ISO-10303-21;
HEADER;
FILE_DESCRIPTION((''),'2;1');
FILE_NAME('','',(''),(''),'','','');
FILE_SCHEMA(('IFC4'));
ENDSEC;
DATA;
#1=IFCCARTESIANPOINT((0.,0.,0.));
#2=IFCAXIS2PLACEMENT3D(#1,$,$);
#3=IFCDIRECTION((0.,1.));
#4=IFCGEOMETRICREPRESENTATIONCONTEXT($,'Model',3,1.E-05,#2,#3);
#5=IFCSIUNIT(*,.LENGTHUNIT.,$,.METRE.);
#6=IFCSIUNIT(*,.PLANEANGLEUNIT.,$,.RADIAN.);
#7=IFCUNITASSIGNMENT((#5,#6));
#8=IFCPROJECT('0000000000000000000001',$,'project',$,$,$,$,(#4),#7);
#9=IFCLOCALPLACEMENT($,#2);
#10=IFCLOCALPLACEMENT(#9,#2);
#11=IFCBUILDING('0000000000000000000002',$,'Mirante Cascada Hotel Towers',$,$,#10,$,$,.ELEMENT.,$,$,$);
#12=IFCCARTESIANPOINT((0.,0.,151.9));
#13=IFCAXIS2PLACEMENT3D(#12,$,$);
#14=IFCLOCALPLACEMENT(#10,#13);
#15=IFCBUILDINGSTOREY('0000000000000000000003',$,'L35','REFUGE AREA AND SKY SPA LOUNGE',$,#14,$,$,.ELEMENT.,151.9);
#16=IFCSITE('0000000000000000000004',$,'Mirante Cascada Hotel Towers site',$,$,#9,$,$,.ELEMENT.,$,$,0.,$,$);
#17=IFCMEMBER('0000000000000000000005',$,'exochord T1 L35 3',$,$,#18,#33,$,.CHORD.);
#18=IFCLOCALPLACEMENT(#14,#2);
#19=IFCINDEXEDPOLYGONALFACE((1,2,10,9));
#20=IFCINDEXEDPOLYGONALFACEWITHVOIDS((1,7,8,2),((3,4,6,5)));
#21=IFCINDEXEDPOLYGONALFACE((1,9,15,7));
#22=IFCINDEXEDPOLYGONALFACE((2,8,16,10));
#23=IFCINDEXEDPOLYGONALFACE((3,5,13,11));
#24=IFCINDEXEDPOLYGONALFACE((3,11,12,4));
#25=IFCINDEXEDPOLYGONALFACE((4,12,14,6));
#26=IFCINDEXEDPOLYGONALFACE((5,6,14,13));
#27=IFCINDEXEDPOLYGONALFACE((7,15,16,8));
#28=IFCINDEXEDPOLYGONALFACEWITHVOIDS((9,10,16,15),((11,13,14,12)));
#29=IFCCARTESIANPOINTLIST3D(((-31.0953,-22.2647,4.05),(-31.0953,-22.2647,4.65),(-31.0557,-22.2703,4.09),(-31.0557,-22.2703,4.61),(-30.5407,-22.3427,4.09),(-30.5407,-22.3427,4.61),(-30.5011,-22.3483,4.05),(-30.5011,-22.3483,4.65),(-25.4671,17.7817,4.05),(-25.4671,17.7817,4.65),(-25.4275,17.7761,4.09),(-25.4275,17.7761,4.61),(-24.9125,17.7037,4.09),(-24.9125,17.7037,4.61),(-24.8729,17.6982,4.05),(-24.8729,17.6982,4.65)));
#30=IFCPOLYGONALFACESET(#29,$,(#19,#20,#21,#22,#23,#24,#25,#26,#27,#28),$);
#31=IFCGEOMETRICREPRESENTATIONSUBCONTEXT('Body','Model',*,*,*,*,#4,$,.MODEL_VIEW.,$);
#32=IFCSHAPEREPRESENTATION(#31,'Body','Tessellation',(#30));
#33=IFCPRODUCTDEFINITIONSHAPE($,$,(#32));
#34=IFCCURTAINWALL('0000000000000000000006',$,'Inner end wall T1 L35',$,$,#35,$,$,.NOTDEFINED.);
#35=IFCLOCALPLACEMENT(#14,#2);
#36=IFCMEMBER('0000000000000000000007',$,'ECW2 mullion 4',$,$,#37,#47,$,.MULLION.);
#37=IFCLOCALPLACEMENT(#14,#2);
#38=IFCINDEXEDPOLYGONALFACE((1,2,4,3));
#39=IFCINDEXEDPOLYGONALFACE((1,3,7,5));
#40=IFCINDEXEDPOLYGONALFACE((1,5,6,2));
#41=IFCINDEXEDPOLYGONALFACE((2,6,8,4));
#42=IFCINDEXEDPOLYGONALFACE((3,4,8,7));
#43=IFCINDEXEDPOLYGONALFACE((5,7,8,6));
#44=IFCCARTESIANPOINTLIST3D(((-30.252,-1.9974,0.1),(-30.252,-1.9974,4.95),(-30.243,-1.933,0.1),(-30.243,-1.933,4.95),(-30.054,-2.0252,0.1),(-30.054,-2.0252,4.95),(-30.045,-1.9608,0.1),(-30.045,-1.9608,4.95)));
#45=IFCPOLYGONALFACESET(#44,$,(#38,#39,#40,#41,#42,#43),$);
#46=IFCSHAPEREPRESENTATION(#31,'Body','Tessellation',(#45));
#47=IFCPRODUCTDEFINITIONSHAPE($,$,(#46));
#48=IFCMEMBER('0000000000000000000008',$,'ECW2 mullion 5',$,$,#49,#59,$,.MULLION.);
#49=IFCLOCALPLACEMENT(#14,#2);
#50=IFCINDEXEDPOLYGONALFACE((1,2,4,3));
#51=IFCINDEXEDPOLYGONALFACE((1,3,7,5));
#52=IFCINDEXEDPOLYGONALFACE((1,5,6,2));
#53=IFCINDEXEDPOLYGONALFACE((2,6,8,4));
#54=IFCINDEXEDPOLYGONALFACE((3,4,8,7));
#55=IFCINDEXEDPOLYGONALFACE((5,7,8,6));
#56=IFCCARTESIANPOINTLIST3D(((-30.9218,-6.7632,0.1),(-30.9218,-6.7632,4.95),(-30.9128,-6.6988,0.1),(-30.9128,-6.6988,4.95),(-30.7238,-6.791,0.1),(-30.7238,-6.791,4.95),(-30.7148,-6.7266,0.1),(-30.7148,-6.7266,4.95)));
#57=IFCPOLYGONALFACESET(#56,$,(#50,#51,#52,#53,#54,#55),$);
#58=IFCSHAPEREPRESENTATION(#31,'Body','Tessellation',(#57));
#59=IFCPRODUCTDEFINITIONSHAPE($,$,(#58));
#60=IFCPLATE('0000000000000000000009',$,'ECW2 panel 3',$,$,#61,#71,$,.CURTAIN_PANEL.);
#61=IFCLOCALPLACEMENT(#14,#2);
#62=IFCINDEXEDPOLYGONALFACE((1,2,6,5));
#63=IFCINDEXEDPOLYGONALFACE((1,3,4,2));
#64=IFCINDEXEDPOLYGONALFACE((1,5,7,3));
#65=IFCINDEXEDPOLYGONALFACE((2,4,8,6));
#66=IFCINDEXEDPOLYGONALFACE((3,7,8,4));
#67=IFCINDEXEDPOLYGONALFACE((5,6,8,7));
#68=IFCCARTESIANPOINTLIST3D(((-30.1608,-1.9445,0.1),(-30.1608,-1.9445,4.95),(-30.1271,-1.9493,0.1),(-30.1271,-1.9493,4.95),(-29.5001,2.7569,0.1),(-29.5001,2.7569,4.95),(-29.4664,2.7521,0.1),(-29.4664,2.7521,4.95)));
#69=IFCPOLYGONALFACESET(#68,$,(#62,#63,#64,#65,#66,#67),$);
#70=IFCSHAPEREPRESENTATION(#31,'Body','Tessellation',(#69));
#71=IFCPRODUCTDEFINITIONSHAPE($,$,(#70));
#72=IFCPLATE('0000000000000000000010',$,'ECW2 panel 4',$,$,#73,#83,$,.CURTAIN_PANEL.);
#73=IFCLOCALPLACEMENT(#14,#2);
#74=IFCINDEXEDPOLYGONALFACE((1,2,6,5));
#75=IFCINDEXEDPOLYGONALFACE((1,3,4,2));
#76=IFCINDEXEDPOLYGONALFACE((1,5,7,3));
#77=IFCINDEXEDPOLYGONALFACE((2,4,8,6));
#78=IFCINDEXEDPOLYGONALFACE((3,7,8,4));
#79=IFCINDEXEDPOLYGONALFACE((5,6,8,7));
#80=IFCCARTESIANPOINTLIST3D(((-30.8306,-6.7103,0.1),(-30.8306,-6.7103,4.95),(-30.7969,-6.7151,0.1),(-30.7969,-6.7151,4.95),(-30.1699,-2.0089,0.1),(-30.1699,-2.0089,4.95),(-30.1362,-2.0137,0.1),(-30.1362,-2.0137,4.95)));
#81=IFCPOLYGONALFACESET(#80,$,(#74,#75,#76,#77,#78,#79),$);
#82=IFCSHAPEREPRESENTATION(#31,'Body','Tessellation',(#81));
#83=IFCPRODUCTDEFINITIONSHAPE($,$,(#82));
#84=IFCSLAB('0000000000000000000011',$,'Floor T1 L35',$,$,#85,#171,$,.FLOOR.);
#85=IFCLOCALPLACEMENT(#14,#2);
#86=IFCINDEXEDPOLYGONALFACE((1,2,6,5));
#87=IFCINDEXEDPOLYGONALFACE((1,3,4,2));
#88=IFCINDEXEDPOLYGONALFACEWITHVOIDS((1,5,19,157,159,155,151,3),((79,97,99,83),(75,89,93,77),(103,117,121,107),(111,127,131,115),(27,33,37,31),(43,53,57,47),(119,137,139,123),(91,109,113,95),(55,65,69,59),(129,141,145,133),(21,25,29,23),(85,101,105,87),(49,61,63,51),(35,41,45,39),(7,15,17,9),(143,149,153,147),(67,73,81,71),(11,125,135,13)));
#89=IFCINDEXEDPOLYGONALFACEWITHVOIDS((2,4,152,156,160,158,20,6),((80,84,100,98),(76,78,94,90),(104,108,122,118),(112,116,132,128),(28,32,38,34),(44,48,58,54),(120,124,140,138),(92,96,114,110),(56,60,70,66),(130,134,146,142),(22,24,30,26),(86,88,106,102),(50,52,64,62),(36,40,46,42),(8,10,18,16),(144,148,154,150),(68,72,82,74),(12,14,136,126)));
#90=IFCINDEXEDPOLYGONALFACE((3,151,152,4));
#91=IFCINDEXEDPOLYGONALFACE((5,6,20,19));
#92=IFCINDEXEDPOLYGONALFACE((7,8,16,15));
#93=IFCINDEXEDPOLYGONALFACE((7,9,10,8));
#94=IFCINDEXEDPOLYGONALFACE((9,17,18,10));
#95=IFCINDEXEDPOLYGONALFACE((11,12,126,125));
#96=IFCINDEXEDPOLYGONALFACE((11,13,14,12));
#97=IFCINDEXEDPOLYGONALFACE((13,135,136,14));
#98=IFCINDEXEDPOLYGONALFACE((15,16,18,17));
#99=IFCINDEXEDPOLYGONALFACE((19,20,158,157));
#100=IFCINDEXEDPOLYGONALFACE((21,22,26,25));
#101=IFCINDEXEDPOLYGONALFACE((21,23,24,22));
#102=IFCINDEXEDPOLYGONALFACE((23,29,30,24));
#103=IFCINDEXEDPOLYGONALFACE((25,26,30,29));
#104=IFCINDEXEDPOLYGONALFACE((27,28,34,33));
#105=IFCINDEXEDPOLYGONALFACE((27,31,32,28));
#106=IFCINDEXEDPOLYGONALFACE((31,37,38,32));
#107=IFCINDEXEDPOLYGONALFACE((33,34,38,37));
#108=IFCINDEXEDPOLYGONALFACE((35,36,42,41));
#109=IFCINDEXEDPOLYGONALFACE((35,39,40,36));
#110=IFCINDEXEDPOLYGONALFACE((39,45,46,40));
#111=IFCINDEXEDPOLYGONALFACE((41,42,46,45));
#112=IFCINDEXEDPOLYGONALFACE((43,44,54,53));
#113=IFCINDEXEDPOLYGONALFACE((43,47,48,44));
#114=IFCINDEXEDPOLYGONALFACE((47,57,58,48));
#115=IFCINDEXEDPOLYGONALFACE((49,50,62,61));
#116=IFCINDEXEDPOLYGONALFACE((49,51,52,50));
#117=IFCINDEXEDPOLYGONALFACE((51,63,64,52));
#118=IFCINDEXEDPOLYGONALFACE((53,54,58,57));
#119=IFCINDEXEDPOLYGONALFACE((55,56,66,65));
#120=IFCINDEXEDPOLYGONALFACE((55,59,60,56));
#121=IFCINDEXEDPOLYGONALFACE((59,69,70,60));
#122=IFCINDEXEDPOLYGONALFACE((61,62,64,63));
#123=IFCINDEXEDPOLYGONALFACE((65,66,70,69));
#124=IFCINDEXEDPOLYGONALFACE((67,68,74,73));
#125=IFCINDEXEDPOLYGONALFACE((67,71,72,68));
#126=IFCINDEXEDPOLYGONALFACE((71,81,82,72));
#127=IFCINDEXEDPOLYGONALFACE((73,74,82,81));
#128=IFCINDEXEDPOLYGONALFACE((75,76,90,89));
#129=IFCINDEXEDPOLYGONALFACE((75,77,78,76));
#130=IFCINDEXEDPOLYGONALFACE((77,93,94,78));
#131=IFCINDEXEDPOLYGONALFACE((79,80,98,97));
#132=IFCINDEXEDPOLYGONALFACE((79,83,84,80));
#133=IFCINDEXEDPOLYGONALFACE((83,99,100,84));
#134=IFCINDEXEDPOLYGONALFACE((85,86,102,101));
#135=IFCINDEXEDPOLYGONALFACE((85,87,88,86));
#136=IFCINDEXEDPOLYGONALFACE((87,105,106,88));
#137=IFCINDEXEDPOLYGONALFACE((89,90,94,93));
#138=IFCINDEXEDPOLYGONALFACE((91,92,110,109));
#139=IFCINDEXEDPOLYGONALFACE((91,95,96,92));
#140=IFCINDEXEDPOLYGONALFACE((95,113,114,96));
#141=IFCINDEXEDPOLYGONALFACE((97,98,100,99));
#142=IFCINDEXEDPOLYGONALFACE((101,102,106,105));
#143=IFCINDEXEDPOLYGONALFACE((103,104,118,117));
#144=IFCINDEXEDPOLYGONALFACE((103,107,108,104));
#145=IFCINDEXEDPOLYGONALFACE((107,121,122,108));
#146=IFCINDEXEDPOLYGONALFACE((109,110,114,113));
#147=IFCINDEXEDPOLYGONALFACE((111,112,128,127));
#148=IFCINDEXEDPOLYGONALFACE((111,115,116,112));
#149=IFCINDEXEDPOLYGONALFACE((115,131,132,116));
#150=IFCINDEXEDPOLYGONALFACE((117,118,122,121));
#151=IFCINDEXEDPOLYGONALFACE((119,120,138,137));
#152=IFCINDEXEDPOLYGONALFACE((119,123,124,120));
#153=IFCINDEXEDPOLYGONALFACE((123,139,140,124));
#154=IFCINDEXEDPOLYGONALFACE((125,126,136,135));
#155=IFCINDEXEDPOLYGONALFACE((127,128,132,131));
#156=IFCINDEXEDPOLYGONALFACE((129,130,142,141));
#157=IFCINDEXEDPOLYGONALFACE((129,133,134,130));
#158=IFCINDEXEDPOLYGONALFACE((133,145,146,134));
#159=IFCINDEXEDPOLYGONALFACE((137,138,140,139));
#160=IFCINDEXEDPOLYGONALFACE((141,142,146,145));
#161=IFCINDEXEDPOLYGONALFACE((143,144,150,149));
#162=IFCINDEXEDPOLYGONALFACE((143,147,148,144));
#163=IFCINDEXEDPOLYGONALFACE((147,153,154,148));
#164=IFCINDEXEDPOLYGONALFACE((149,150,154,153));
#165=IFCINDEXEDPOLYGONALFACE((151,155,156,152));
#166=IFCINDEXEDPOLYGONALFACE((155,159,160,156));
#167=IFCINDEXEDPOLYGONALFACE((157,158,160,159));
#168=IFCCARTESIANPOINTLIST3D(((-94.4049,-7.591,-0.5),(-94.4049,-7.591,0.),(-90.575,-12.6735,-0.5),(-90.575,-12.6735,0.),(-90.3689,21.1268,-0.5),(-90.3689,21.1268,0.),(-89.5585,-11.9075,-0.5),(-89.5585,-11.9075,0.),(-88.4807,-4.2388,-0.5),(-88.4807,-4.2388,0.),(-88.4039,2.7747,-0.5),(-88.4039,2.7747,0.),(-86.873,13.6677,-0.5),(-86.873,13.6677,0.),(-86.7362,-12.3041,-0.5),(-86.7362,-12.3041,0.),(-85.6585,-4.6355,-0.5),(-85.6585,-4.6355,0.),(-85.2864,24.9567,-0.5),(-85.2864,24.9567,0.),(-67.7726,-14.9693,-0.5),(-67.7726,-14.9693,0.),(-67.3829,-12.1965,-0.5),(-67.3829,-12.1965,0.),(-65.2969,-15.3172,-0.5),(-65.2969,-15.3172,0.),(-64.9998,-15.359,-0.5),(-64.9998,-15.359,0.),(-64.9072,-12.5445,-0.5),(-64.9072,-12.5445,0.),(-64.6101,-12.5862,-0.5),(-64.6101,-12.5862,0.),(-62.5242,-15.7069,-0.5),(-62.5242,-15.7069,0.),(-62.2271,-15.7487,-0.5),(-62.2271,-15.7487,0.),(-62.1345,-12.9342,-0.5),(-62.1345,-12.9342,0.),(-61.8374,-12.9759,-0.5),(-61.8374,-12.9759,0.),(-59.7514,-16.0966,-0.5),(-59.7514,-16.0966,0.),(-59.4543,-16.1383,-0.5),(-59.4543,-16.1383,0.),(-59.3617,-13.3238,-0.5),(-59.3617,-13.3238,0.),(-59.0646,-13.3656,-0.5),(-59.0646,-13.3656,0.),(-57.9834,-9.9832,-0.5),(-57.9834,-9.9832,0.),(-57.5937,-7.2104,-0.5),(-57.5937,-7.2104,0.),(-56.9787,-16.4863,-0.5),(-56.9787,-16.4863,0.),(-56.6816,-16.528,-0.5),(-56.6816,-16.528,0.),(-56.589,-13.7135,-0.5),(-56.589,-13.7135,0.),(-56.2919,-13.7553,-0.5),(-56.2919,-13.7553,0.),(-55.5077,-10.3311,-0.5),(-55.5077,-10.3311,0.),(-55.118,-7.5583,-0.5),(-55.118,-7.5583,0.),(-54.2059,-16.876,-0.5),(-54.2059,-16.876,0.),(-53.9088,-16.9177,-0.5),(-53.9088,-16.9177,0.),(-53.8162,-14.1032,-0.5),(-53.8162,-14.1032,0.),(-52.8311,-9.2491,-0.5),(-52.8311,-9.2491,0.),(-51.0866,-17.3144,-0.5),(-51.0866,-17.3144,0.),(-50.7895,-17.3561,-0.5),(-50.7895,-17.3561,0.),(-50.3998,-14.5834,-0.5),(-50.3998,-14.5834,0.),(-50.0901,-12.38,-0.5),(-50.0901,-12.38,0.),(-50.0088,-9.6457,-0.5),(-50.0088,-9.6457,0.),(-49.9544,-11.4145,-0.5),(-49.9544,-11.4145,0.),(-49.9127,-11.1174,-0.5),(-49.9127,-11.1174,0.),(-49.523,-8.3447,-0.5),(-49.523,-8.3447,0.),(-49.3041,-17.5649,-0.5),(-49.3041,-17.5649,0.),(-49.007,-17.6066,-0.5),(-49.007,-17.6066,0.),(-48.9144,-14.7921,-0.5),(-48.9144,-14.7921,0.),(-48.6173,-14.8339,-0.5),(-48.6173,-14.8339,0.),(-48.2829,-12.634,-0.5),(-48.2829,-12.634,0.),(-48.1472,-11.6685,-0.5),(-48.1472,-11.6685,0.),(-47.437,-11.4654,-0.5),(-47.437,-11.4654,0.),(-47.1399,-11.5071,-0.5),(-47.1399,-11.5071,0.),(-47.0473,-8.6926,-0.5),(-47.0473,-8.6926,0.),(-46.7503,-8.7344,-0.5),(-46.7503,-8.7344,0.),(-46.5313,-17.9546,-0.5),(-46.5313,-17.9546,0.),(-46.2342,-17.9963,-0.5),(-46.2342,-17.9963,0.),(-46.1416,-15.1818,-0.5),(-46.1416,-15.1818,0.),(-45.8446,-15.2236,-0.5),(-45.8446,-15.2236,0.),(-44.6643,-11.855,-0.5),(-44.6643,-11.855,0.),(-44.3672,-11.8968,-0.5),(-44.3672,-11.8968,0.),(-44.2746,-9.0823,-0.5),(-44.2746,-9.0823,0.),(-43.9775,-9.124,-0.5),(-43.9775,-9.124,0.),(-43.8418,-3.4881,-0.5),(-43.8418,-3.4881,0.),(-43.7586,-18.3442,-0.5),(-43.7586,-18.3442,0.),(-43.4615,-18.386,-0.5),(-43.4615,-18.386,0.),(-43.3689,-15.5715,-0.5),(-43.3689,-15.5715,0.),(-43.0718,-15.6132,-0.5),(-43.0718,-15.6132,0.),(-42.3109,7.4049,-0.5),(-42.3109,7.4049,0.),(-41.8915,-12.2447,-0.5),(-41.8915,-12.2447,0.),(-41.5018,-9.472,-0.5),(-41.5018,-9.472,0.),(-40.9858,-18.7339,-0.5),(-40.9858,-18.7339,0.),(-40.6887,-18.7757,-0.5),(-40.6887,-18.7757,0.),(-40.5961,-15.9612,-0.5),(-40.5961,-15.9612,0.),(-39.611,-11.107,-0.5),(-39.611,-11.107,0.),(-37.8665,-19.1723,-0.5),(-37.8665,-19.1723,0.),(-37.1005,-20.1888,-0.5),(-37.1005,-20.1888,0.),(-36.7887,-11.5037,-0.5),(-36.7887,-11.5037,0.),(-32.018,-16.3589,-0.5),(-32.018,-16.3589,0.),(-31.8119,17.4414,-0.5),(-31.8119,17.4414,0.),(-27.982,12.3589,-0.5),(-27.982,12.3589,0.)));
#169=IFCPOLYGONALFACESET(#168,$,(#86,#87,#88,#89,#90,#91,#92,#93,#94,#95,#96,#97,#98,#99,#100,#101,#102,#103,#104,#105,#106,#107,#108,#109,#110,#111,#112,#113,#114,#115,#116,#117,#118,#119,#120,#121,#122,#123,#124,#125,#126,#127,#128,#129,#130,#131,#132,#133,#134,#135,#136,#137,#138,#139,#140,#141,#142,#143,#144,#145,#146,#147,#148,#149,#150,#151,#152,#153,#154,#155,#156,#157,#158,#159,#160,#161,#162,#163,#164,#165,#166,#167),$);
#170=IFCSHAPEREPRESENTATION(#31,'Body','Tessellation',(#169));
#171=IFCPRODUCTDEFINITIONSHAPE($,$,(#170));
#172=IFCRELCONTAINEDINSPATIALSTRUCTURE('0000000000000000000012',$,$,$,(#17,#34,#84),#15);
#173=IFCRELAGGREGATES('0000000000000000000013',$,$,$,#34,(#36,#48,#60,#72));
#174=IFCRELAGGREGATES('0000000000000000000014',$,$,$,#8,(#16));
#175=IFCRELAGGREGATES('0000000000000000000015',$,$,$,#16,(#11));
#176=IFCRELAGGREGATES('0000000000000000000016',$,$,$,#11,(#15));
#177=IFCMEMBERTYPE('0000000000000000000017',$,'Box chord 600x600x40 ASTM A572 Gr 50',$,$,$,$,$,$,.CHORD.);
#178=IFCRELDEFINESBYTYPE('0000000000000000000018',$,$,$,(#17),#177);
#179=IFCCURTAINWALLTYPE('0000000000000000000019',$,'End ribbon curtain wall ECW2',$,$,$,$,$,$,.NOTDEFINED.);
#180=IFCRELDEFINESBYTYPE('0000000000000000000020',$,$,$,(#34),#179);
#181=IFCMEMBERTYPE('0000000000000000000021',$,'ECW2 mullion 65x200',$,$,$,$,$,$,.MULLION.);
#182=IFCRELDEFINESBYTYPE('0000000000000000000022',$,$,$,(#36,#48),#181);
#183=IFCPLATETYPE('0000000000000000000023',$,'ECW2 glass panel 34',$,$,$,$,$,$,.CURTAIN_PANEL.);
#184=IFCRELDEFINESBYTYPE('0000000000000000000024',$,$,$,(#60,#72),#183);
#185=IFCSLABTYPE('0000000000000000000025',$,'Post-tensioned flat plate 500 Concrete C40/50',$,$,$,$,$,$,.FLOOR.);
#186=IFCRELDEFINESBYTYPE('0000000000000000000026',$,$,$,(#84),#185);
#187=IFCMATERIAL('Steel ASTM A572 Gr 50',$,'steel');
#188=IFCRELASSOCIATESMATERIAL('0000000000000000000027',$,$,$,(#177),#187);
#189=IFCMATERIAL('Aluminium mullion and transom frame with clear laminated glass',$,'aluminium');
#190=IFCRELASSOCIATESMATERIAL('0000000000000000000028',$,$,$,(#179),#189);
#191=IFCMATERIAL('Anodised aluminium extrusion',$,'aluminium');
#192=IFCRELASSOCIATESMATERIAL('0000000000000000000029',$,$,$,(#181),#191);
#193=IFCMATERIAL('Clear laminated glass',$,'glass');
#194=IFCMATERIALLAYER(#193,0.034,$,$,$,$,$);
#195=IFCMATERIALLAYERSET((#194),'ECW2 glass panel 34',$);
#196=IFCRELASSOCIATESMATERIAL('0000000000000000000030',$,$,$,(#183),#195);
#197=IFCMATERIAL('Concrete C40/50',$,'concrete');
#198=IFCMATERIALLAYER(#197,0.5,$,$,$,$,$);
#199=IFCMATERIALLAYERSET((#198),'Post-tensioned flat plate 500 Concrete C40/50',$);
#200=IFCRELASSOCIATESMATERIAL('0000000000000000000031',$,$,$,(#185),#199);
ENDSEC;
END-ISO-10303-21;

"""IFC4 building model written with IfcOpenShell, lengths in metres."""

from ifc_helpers import new_model, si_unit, direction, frame, origin, origin_2d, place, context, subcontext, project, spatial, polyline, rectangle, hollow_rectangle, outline, extrude, material, layer, layer_set, material_profile, profile_set, type_object, element, aggregate, save


model = new_model("IFC4")

# Units and contexts
model_context = context("Model", 3, precision=1e-05, world=origin(), true_north=direction((0.0, 1.0)))
body_context = subcontext(model_context, "Body", "Model", "MODEL_VIEW")
ifc_project = project(units=[si_unit("LENGTHUNIT", "METRE"), si_unit("PLANEANGLEUNIT", "RADIAN")], contexts=[model_context])

# Site, building, storey
site_placement = place(None, origin())
site = spatial("IfcSite", under=ifc_project, at=site_placement, Name="Mirante Cascada Hotel Towers site", CompositionType="ELEMENT", RefElevation=0.0)
building_placement = place(site_placement, origin())
building = spatial("IfcBuilding", under=site, at=building_placement, Name="Mirante Cascada Hotel Towers", CompositionType="ELEMENT")
storey_placement = place(building_placement, frame((0.0, 0.0, 151.9)))
storey = spatial("IfcBuildingStorey", under=building, at=storey_placement, Name="L35", Description="REFUGE AREA AND SKY SPA LOUNGE", CompositionType="ELEMENT", Elevation=151.9)

# Member
ifc_material_1 = material(Name="Steel ASTM A572 Gr 50", Category="steel")
ifc_material_profile_1 = material_profile(ifc_material_1, hollow_rectangle(XDim=0.6, YDim=0.6, WallThickness=0.04, at=origin_2d()), Name="Box chord 600x600x40 ASTM A572 Gr 50")
ifc_profile_set_1 = profile_set([ifc_material_profile_1], Name="Steel ASTM A572 Gr 50")
member_type_1 = type_object("IfcMemberType", Name="Box chord 600x600x40 ASTM A572 Gr 50", PredefinedType="CHORD", material=ifc_profile_set_1)
member_1_placement = place(storey_placement, frame((-30.7982, -22.3065, 4.35), z_axis=(0.139174, 0.990268, 0.0), x_axis=(-0.990268, 0.139174, 0.0)))
element("IfcMember", 1, at=member_1_placement, inside=storey, type_object=member_type_1, Name="exochord T1 L35 3", PredefinedType="CHORD", context=body_context, shape_type="SweptSolid", body=[
    extrude(hollow_rectangle(XDim=0.6, YDim=0.6, WallThickness=0.04, at=origin_2d()), origin(), (0.0, 0.0, 1.0), 40.44),
])

# Curtain wall, members, plates
ifc_material_2 = material(Name="Aluminium mullion and transom frame with clear laminated glass", Category="aluminium")
curtain_wall_type = type_object("IfcCurtainWallType", Name="End ribbon curtain wall ECW2", PredefinedType="NOTDEFINED", material=ifc_material_2)
curtain_wall_placement = place(storey_placement, origin())
curtain_wall = element("IfcCurtainWall", 2, at=curtain_wall_placement, inside=storey, type_object=curtain_wall_type, Name="Inner end wall T1 L35", PredefinedType="NOTDEFINED")
ifc_material_3 = material(Name="Anodised aluminium extrusion", Category="aluminium")
ifc_material_profile_2 = material_profile(ifc_material_3, rectangle(XDim=0.2, YDim=0.065, at=origin_2d()), Name="ECW2 MULLION 65x200")
ifc_profile_set_2 = profile_set([ifc_material_profile_2], Name="Anodised aluminium extrusion")
member_type_2 = type_object("IfcMemberType", Name="ECW2 mullion 65x200", PredefinedType="MULLION", material=ifc_profile_set_2)
member_2_placement = place(storey_placement, frame((-30.1485, -1.9791, 0.1), z_axis=(0.0, 0.0, 1.0), x_axis=(0.990268, -0.139173, 0.0)))
member_2 = element("IfcMember", 3, at=member_2_placement, type_object=member_type_2, Name="ECW2 mullion 4", PredefinedType="MULLION", context=body_context, shape_type="SweptSolid", body=[
    extrude(rectangle(XDim=0.2, YDim=0.065, at=origin_2d()), origin(), (0.0, 0.0, 1.0), 4.85),
])
member_3_placement = place(storey_placement, frame((-30.8183, -6.7449, 0.1), z_axis=(0.0, 0.0, 1.0), x_axis=(0.990268, -0.139173, 0.0)))
member_3 = element("IfcMember", 4, at=member_3_placement, type_object=member_type_2, Name="ECW2 mullion 5", PredefinedType="MULLION", context=body_context, shape_type="SweptSolid", body=[
    extrude(rectangle(XDim=0.2, YDim=0.065, at=origin_2d()), origin(), (0.0, 0.0, 1.0), 4.85),
])
ifc_material_4 = material(Name="Clear laminated glass", Category="glass")
ifc_layer_1 = layer(ifc_material_4, 0.034)
ifc_layer_set_1 = layer_set([ifc_layer_1], Name="ECW2 glass panel 34")
plate_type = type_object("IfcPlateType", Name="ECW2 glass panel 34", PredefinedType="CURTAIN_PANEL", material=ifc_layer_set_1)
plate_1_placement = place(storey_placement, frame((-29.8136, 0.4038, 0.1), z_axis=(0.0, 0.0, 1.0), x_axis=(-0.139173, -0.990268, 0.0)))
plate_1 = element("IfcPlate", 5, at=plate_1_placement, type_object=plate_type, Name="ECW2 panel 3", PredefinedType="CURTAIN_PANEL", context=body_context, shape_type="SweptSolid", body=[
    extrude(rectangle(XDim=4.7476, YDim=0.034, at=origin_2d()), origin(), (0.0, 0.0, 1.0), 4.85),
])
plate_2_placement = place(storey_placement, frame((-30.4834, -4.362, 0.1), z_axis=(0.0, 0.0, 1.0), x_axis=(-0.139173, -0.990268, 0.0)))
plate_2 = element("IfcPlate", 6, at=plate_2_placement, type_object=plate_type, Name="ECW2 panel 4", PredefinedType="CURTAIN_PANEL", context=body_context, shape_type="SweptSolid", body=[
    extrude(rectangle(XDim=4.7476, YDim=0.034, at=origin_2d()), origin(), (0.0, 0.0, 1.0), 4.85),
])
aggregate(curtain_wall, [member_2, member_3, plate_1, plate_2])

# Slab
ifc_material_5 = material(Name="Concrete C40/50", Category="concrete")
ifc_layer_2 = layer(ifc_material_5, 0.5)
ifc_layer_set_2 = layer_set([ifc_layer_2], Name="Post-tensioned flat plate 500 Concrete C40/50")
slab_type_1 = type_object("IfcSlabType", Name="Post-tensioned flat plate 500 Concrete C40/50", PredefinedType="FLOOR", material=ifc_layer_set_2)
slab_1_placement = place(storey_placement, frame((0.0, 0.0, -0.5)))
element("IfcSlab", 7, at=slab_1_placement, inside=storey, type_object=slab_type_1, Name="Floor T1 L35", PredefinedType="FLOOR", context=body_context, shape_type="SweptSolid", body=[
    extrude(outline(polyline([(-32.018, -16.3589), (-27.982, 12.3589), (-31.8119, 17.4414), (-85.2864, 24.9567), (-85.2864, 24.9567), (-85.2864, 24.9567), (-85.2864, 24.9567), (-85.2864, 24.9567), (-85.2864, 24.9567), (-85.2864, 24.9567), (-85.2864, 24.9567), (-85.2864, 24.9567), (-90.3689, 21.1268), (-94.4049, -7.591), (-90.575, -12.6735), (-90.575, -12.6735), (-90.575, -12.6735), (-90.575, -12.6735), (-90.575, -12.6735), (-90.575, -12.6735), (-90.575, -12.6735), (-90.575, -12.6735), (-90.575, -12.6735), (-37.1005, -20.1888), (-32.018, -16.3589)]), holes=[polyline([(-43.0718, -15.6132), (-40.5961, -15.9612), (-40.9858, -18.7339), (-43.4615, -18.386), (-43.0718, -15.6132)]), polyline([(-45.8446, -15.2236), (-43.3689, -15.5715), (-43.7586, -18.3442), (-46.2342, -17.9963), (-45.8446, -15.2236)]), polyline([(-48.6173, -14.8339), (-46.1416, -15.1818), (-46.5313, -17.9546), (-49.007, -17.6066), (-48.6173, -14.8339)]), polyline([(-50.3998, -14.5834), (-48.9144, -14.7921), (-49.3041, -17.5649), (-50.7895, -17.3561), (-50.3998, -14.5834)]), polyline([(-36.7887, -11.5037), (-37.8665, -19.1723), (-40.6887, -18.7757), (-39.611, -11.107), (-36.7887, -11.5037)]), polyline([(-49.9544, -11.4145), (-48.1472, -11.6685), (-48.2829, -12.634), (-50.0901, -12.38), (-49.9544, -11.4145)]), polyline([(-43.9775, -9.124), (-41.5018, -9.472), (-41.8915, -12.2447), (-44.3672, -11.8968), (-43.9775, -9.124)]), polyline([(-47.1399, -11.5071), (-46.7503, -8.7344), (-44.2746, -9.0823), (-44.6643, -11.855), (-47.1399, -11.5071)]), polyline([(-49.9127, -11.1174), (-49.523, -8.3447), (-47.0473, -8.6926), (-47.437, -11.4654), (-49.9127, -11.1174)]), polyline([(-56.2919, -13.7553), (-53.8162, -14.1032), (-54.2059, -16.876), (-56.6816, -16.528), (-56.2919, -13.7553)]), polyline([(-59.0646, -13.3656), (-56.589, -13.7135), (-56.9787, -16.4863), (-59.4543, -16.1383), (-59.0646, -13.3656)]), polyline([(-61.8374, -12.9759), (-59.3617, -13.3238), (-59.7514, -16.0966), (-62.2271, -15.7487), (-61.8374, -12.9759)]), polyline([(-64.6101, -12.5862), (-62.1345, -12.9342), (-62.5242, -15.7069), (-64.9998, -15.359), (-64.6101, -12.5862)]), polyline([(-67.3829, -12.1965), (-64.9072, -12.5445), (-65.2969, -15.3172), (-67.7726, -14.9693), (-67.3829, -12.1965)]), polyline([(-50.0088, -9.6457), (-51.0866, -17.3144), (-53.9088, -16.9177), (-52.8311, -9.2491), (-50.0088, -9.6457)]), polyline([(-85.6585, -4.6355), (-86.7362, -12.3041), (-89.5585, -11.9075), (-88.4807, -4.2388), (-85.6585, -4.6355)]), polyline([(-57.9834, -9.9832), (-57.5937, -7.2104), (-55.118, -7.5583), (-55.5077, -10.3311), (-57.9834, -9.9832)]), polyline([(-88.4039, 2.7747), (-86.873, 13.6677), (-42.3109, 7.4049), (-43.8418, -3.4881), (-88.4039, 2.7747)])]), origin(), (0.0, 0.0, 1.0), 0.5),
])

save(model, "model.ifc")
